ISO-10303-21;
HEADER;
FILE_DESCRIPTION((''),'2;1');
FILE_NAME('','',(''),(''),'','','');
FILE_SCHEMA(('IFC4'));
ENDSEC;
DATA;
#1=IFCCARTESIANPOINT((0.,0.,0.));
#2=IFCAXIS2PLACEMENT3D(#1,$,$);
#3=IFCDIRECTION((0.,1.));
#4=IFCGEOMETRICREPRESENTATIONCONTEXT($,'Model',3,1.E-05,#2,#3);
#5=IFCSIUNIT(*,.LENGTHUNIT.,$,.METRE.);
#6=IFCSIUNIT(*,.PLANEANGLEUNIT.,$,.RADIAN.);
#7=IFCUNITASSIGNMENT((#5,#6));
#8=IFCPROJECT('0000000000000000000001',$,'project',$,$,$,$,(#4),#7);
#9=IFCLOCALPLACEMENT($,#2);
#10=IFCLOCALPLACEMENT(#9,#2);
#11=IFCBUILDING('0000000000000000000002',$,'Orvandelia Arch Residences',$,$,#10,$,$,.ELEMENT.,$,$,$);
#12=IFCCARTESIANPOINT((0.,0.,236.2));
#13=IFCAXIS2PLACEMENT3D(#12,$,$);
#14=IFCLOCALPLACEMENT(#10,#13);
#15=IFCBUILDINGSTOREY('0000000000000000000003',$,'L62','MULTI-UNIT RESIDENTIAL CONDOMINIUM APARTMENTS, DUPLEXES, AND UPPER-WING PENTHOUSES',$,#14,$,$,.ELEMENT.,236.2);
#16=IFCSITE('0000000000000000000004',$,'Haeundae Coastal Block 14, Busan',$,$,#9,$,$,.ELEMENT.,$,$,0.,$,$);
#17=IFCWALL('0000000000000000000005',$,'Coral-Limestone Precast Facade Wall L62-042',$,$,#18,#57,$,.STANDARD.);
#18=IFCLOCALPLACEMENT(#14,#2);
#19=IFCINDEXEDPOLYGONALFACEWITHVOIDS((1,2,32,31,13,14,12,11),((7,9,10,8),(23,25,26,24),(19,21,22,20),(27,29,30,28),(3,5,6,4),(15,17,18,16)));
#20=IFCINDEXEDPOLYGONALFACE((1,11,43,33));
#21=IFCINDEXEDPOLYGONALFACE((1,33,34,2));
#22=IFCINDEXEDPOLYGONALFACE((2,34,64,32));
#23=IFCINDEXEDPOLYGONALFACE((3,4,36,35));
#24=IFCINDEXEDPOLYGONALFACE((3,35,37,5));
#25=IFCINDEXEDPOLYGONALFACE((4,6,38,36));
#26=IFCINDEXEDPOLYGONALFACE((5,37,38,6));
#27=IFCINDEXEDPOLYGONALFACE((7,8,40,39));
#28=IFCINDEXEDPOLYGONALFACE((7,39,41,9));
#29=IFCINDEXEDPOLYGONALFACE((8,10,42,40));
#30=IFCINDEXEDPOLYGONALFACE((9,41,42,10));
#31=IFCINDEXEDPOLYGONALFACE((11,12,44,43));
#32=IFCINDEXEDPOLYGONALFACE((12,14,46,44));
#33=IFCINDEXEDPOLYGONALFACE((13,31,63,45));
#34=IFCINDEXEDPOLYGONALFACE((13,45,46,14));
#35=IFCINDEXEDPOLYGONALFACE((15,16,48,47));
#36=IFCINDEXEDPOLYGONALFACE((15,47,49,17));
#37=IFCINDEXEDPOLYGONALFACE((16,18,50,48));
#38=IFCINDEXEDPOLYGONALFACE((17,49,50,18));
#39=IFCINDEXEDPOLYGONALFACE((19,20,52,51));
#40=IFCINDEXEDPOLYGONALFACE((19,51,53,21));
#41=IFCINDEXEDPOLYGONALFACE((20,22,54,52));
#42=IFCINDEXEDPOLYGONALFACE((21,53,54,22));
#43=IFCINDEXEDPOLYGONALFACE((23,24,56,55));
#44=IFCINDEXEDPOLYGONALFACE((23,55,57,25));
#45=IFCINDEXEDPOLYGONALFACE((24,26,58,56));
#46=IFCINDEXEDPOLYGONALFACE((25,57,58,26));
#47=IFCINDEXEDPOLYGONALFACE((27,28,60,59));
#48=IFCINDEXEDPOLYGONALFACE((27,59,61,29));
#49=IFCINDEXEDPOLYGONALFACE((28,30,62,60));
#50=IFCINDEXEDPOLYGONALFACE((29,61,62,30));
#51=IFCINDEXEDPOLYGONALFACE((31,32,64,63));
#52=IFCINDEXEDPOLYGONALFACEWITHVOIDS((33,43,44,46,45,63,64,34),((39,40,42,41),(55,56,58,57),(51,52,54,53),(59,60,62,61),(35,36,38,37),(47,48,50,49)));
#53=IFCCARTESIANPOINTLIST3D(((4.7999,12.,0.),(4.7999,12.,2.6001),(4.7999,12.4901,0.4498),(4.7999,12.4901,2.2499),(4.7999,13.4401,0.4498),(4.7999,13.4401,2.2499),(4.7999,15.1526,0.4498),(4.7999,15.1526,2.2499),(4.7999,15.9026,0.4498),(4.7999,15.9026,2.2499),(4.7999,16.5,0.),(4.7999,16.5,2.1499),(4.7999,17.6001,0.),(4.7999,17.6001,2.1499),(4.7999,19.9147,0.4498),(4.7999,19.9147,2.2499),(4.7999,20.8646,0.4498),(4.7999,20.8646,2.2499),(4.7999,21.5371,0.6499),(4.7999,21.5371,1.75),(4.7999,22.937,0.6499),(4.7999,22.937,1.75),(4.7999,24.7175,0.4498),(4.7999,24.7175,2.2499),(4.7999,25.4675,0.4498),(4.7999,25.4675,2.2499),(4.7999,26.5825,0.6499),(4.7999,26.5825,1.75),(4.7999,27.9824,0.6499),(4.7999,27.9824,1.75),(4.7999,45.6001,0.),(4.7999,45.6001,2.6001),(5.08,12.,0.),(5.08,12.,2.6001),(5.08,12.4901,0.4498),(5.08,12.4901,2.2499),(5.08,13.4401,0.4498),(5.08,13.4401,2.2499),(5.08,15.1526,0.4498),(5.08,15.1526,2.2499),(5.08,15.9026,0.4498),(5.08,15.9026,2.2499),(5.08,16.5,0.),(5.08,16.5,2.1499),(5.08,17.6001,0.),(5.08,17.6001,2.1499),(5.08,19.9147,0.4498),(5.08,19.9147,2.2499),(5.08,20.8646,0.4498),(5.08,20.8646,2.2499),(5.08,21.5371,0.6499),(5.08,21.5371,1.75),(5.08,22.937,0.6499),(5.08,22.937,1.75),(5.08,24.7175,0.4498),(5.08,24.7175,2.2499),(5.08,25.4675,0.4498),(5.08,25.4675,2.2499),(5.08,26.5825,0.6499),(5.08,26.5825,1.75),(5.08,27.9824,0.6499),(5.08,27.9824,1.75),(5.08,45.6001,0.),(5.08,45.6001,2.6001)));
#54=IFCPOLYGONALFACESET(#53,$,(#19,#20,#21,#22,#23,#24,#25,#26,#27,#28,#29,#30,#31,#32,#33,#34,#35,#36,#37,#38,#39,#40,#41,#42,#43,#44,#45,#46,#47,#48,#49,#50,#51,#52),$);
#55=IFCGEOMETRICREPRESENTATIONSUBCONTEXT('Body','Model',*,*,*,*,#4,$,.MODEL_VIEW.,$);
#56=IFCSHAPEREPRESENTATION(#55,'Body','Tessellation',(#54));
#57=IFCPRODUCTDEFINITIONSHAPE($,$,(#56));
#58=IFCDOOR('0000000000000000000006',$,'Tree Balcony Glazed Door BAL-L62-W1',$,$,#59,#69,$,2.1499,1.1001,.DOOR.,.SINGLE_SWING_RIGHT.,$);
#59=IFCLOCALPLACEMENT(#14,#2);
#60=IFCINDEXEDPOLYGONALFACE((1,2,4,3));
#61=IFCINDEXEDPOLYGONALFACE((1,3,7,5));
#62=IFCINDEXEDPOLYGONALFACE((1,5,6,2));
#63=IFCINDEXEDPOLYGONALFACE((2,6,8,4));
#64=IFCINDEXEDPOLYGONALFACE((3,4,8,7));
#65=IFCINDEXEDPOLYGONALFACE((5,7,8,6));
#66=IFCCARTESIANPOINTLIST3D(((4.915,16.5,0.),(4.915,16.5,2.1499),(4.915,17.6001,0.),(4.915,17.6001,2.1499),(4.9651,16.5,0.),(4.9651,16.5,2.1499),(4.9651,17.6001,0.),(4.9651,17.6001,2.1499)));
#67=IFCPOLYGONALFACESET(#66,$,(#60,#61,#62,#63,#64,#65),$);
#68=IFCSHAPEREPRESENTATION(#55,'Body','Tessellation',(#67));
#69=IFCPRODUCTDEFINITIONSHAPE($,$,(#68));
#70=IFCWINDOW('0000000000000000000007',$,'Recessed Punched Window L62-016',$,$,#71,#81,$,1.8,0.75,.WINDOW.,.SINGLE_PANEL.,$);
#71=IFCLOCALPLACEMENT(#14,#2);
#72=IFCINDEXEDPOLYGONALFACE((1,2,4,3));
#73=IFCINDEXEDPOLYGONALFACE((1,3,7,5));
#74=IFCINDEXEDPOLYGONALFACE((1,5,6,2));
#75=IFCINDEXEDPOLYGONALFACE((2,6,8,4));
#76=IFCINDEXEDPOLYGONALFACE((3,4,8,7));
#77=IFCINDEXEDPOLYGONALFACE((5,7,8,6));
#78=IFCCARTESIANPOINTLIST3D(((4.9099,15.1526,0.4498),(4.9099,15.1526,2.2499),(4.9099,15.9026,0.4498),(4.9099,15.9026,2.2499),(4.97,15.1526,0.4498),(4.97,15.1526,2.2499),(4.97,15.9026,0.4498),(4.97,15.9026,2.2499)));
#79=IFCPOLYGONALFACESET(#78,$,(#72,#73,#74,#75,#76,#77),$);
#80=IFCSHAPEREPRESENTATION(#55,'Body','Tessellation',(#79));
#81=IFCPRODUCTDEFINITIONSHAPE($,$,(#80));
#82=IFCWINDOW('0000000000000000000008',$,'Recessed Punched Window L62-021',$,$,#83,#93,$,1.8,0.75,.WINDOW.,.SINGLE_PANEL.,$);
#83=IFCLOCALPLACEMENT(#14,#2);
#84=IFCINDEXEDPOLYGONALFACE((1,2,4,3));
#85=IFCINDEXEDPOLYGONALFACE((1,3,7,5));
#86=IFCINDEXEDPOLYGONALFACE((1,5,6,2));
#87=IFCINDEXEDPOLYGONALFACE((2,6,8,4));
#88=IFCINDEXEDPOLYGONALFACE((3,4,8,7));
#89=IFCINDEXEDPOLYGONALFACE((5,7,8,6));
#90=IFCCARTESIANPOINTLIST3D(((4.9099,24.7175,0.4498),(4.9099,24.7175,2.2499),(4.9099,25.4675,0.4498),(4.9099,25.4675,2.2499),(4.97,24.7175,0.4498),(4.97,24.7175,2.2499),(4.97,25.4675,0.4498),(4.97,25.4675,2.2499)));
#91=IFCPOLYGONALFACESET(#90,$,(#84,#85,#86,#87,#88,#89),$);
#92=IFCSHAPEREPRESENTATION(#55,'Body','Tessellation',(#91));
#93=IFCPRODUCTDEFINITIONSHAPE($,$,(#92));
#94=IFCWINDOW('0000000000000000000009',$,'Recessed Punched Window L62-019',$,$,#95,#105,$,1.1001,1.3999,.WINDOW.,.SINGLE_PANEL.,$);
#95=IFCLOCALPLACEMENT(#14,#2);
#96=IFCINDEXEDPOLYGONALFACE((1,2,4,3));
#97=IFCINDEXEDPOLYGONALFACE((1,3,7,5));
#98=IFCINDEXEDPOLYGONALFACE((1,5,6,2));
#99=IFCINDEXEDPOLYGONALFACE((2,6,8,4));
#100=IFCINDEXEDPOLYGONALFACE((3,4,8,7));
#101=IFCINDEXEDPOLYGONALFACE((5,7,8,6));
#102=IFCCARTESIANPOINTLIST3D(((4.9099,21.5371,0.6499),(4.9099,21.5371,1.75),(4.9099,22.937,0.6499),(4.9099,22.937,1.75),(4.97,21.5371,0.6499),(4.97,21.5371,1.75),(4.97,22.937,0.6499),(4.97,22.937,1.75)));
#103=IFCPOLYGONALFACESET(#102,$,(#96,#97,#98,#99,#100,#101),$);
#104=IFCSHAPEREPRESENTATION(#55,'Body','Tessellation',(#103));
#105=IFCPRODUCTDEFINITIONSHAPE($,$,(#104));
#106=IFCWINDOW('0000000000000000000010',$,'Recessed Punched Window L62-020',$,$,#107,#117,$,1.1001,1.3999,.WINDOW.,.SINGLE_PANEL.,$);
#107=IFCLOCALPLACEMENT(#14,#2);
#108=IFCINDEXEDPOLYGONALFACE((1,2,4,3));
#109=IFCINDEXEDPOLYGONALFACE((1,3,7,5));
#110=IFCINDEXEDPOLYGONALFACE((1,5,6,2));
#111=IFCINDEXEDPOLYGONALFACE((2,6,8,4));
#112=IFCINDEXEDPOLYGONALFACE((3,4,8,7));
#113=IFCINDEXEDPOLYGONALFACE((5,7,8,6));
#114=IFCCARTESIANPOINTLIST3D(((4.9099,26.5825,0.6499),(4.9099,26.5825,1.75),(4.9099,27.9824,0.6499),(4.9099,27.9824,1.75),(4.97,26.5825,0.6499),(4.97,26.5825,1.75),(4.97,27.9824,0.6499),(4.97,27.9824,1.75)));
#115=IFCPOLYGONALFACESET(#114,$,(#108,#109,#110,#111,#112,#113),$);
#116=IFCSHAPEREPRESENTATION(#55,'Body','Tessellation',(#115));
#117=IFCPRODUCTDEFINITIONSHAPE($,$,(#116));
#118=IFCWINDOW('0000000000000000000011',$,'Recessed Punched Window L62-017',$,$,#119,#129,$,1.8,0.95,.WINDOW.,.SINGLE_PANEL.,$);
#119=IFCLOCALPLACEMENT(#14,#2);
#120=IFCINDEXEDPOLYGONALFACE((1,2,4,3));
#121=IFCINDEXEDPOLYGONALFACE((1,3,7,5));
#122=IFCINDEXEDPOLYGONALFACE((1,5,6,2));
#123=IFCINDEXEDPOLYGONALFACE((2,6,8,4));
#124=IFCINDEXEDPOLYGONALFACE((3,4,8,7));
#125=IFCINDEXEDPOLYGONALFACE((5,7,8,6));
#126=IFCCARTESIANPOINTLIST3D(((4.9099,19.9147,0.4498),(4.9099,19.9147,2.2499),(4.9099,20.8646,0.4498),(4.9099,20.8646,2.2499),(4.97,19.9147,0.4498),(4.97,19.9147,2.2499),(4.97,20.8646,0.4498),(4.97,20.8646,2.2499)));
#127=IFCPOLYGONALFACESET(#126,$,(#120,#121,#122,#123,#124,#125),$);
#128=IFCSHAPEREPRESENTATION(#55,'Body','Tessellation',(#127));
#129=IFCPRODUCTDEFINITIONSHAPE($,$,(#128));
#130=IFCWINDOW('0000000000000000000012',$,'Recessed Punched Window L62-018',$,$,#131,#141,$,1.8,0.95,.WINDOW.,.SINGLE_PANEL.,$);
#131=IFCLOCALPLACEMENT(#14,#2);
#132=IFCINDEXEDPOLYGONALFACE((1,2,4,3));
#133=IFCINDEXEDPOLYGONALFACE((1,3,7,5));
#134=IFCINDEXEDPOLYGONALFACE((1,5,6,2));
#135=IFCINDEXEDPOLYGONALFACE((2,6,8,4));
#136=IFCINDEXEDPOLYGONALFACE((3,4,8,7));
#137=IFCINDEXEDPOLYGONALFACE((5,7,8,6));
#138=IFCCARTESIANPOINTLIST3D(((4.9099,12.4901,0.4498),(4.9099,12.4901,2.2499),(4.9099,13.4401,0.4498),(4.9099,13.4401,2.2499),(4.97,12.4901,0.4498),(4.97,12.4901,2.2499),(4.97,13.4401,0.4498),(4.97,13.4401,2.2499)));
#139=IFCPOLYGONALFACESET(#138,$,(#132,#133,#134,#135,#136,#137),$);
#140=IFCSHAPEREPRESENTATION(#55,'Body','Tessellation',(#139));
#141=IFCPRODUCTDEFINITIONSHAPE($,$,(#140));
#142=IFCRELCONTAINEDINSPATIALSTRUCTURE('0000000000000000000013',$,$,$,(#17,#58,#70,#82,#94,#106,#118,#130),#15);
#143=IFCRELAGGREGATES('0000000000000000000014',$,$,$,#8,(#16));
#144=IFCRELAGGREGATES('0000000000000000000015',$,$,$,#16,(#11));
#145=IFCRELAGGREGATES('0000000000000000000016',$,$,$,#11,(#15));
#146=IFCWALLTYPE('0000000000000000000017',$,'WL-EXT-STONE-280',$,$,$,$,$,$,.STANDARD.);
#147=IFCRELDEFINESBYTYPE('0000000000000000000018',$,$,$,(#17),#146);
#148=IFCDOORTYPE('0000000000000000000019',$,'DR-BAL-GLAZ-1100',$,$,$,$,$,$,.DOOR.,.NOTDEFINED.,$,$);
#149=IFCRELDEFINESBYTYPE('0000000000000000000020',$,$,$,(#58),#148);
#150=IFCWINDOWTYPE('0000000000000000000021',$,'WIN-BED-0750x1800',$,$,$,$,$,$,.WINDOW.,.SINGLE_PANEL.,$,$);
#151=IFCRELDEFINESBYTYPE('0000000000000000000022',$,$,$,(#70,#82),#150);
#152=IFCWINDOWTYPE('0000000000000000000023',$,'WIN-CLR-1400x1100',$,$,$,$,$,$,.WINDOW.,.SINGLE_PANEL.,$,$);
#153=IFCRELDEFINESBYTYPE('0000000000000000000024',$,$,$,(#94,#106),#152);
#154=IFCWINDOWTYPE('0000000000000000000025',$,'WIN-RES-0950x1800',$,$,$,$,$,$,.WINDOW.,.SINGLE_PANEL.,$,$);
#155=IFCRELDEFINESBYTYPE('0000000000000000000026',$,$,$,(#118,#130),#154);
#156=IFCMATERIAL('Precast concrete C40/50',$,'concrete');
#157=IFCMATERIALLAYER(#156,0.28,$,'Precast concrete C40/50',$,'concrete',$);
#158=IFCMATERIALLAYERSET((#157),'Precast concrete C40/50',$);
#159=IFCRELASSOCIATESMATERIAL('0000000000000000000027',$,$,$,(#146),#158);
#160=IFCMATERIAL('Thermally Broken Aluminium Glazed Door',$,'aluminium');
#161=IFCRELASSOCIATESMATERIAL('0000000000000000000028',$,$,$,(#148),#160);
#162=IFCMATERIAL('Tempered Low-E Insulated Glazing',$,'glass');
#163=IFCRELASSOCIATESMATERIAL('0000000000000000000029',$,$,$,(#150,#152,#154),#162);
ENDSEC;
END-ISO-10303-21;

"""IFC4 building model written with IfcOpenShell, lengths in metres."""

from ifc_helpers import new_model, si_unit, direction, frame, frame_2d, origin, place, context, subcontext, project, spatial, rectangle, extrude, material, layer, layer_set, type_object, element, fill, save


model = new_model("IFC4")

# Units and contexts
model_context = context("Model", 3, precision=1e-05, world=origin(), true_north=direction((0.0, 1.0)))
body_context = subcontext(model_context, "Body", "Model", "MODEL_VIEW")
ifc_project = project(units=[si_unit("LENGTHUNIT", "METRE"), si_unit("PLANEANGLEUNIT", "RADIAN")], contexts=[model_context])

# Site, building, storey
site_placement = place(None, origin())
site = spatial("IfcSite", under=ifc_project, at=site_placement, Name="Haeundae Coastal Block 14, Busan", CompositionType="ELEMENT", RefElevation=0.0)
building_placement = place(site_placement, origin())
building = spatial("IfcBuilding", under=site, at=building_placement, Name="Orvandelia Arch Residences", CompositionType="ELEMENT")
storey_placement = place(building_placement, frame((0.0, 0.0, 236.2)))
storey = spatial("IfcBuildingStorey", under=building, at=storey_placement, Name="L62", Description="MULTI-UNIT RESIDENTIAL CONDOMINIUM APARTMENTS, DUPLEXES, AND UPPER-WING PENTHOUSES", CompositionType="ELEMENT", Elevation=236.2)

# Shared definitions
ifc_material_1 = material(Name="Precast concrete C40/50", Category="concrete")

# Shared definitions
ifc_layer_1 = layer(ifc_material_1, 0.28, Name="Precast concrete C40/50", Category="concrete")
ifc_layer_set_1 = layer_set([ifc_layer_1], Name="Precast concrete C40/50")
wall_type_1 = type_object("IfcWallType", Name="WL-EXT-STONE-280", PredefinedType="STANDARD", material=ifc_layer_set_1)

# Wall, openings, door, windows
wall_1_placement = place(storey_placement, frame((4.9399, 12.0, 0.0), z_axis=(0.0, 0.0, 1.0), x_axis=(0.0, 1.0, 0.0)))
wall_1 = element("IfcWall", 1, at=wall_1_placement, inside=storey, type_object=wall_type_1, Name="Coral-Limestone Precast Facade Wall L62-042", PredefinedType="STANDARD", context=body_context, shape_type="SweptSolid", body=[
    extrude(rectangle(XDim=33.6001, YDim=0.28, at=frame_2d((16.8, 0.0))), origin(), (0.0, 0.0, 1.0), 2.6001),
])
opening_1_placement = place(wall_1_placement, frame((4.5, 0.0, 0.0)))
opening_1 = element("IfcOpeningElement", 2, at=opening_1_placement, cuts=wall_1, PredefinedType="OPENING", context=body_context, shape_type="SweptSolid", body=[
    extrude(rectangle(XDim=1.1001, YDim=2.1499, at=frame_2d((0.55, 1.075))), frame((0.0, 0.1499, 0.0), z_axis=(0.0, -1.0, 0.0), x_axis=(1.0, 0.0, 0.0)), (0.0, 0.0, 1.0), 0.3),
])
opening_2_placement = place(wall_1_placement, frame((3.1526, 0.0, 0.45)))
opening_2 = element("IfcOpeningElement", 3, at=opening_2_placement, cuts=wall_1, PredefinedType="OPENING", context=body_context, shape_type="SweptSolid", body=[
    extrude(rectangle(XDim=0.75, YDim=1.8, at=frame_2d((0.375, 0.8999))), frame((0.0, 0.1499, 0.0), z_axis=(0.0, -1.0, 0.0), x_axis=(1.0, 0.0, 0.0)), (0.0, 0.0, 1.0), 0.3),
])
opening_3_placement = place(wall_1_placement, frame((7.9146, 0.0, 0.45)))
opening_3 = element("IfcOpeningElement", 4, at=opening_3_placement, cuts=wall_1, PredefinedType="OPENING", context=body_context, shape_type="SweptSolid", body=[
    extrude(rectangle(XDim=0.95, YDim=1.8, at=frame_2d((0.4751, 0.8999))), frame((0.0, 0.1499, 0.0), z_axis=(0.0, -1.0, 0.0), x_axis=(1.0, 0.0, 0.0)), (0.0, 0.0, 1.0), 0.3),
])
opening_4_placement = place(wall_1_placement, frame((0.49, 0.0, 0.45)))
opening_4 = element("IfcOpeningElement", 5, at=opening_4_placement, cuts=wall_1, PredefinedType="OPENING", context=body_context, shape_type="SweptSolid", body=[
    extrude(rectangle(XDim=0.95, YDim=1.8, at=frame_2d((0.4751, 0.8999))), frame((0.0, 0.1499, 0.0), z_axis=(0.0, -1.0, 0.0), x_axis=(1.0, 0.0, 0.0)), (0.0, 0.0, 1.0), 0.3),
])
opening_5_placement = place(wall_1_placement, frame((9.5371, 0.0, 0.6499)))
opening_5 = element("IfcOpeningElement", 6, at=opening_5_placement, cuts=wall_1, PredefinedType="OPENING", context=body_context, shape_type="SweptSolid", body=[
    extrude(rectangle(XDim=1.3999, YDim=1.1001, at=frame_2d((0.7, 0.55))), frame((0.0, 0.1499, 0.0), z_axis=(0.0, -1.0, 0.0), x_axis=(1.0, 0.0, 0.0)), (0.0, 0.0, 1.0), 0.3),
])
opening_6_placement = place(wall_1_placement, frame((14.5825, 0.0, 0.6499)))
opening_6 = element("IfcOpeningElement", 7, at=opening_6_placement, cuts=wall_1, PredefinedType="OPENING", context=body_context, shape_type="SweptSolid", body=[
    extrude(rectangle(XDim=1.3999, YDim=1.1001, at=frame_2d((0.7, 0.55))), frame((0.0, 0.1499, 0.0), z_axis=(0.0, -1.0, 0.0), x_axis=(1.0, 0.0, 0.0)), (0.0, 0.0, 1.0), 0.3),
])
opening_7_placement = place(wall_1_placement, frame((12.7175, 0.0, 0.45)))
opening_7 = element("IfcOpeningElement", 8, at=opening_7_placement, cuts=wall_1, PredefinedType="OPENING", context=body_context, shape_type="SweptSolid", body=[
    extrude(rectangle(XDim=0.75, YDim=1.8, at=frame_2d((0.375, 0.8999))), frame((0.0, 0.1499, 0.0), z_axis=(0.0, -1.0, 0.0), x_axis=(1.0, 0.0, 0.0)), (0.0, 0.0, 1.0), 0.3),
])
ifc_material_2 = material(Name="Thermally Broken Aluminium Glazed Door", Category="aluminium")
door_type_1 = type_object("IfcDoorType", Name="DR-BAL-GLAZ-1100", OperationType="NOTDEFINED", PredefinedType="DOOR", material=ifc_material_2)
door_1_placement = place(opening_1_placement, origin())
door_1 = element("IfcDoor", 9, at=door_1_placement, inside=storey, type_object=door_type_1, Name="Tree Balcony Glazed Door BAL-L62-W1", OperationType="SINGLE_SWING_RIGHT", OverallHeight=2.1499, OverallWidth=1.1001, PredefinedType="DOOR", context=body_context, shape_type="SweptSolid", body=[
    extrude(rectangle(XDim=1.1001, YDim=2.1499, at=frame_2d((0.55, 1.075))), frame((0.0, 0.0249, 0.0), z_axis=(0.0, -1.0, 0.0), x_axis=(1.0, 0.0, 0.0)), (0.0, 0.0, 1.0), 0.05),
])
fill(opening_1, door_1)
ifc_material_3 = material(Name="Tempered Low-E Insulated Glazing", Category="glass")
window_type_1 = type_object("IfcWindowType", Name="WIN-BED-0750x1800", PartitioningType="SINGLE_PANEL", PredefinedType="WINDOW", material=ifc_material_3)
window_1_placement = place(opening_2_placement, origin())
window_1 = element("IfcWindow", 10, at=window_1_placement, inside=storey, type_object=window_type_1, Name="Recessed Punched Window L62-016", OverallHeight=1.8, OverallWidth=0.75, PartitioningType="SINGLE_PANEL", PredefinedType="WINDOW", context=body_context, shape_type="SweptSolid", body=[
    extrude(rectangle(XDim=0.75, YDim=1.8, at=frame_2d((0.375, 0.8999))), frame((0.0, 0.03, 0.0), z_axis=(0.0, -1.0, 0.0), x_axis=(1.0, 0.0, 0.0)), (0.0, 0.0, 1.0), 0.0601),
])
fill(opening_2, window_1)
window_2_placement = place(opening_7_placement, origin())
window_2 = element("IfcWindow", 11, at=window_2_placement, inside=storey, type_object=window_type_1, Name="Recessed Punched Window L62-021", OverallHeight=1.8, OverallWidth=0.75, PartitioningType="SINGLE_PANEL", PredefinedType="WINDOW", context=body_context, shape_type="SweptSolid", body=[
    extrude(rectangle(XDim=0.75, YDim=1.8, at=frame_2d((0.375, 0.8999))), frame((0.0, 0.03, 0.0), z_axis=(0.0, -1.0, 0.0), x_axis=(1.0, 0.0, 0.0)), (0.0, 0.0, 1.0), 0.0601),
])
fill(opening_7, window_2)
window_type_2 = type_object("IfcWindowType", Name="WIN-CLR-1400x1100", PartitioningType="SINGLE_PANEL", PredefinedType="WINDOW", material=ifc_material_3)
window_3_placement = place(opening_5_placement, origin())
window_3 = element("IfcWindow", 12, at=window_3_placement, inside=storey, type_object=window_type_2, Name="Recessed Punched Window L62-019", OverallHeight=1.1001, OverallWidth=1.3999, PartitioningType="SINGLE_PANEL", PredefinedType="WINDOW", context=body_context, shape_type="SweptSolid", body=[
    extrude(rectangle(XDim=1.3999, YDim=1.1001, at=frame_2d((0.7, 0.55))), frame((0.0, 0.03, 0.0), z_axis=(0.0, -1.0, 0.0), x_axis=(1.0, 0.0, 0.0)), (0.0, 0.0, 1.0), 0.0601),
])
fill(opening_5, window_3)
window_4_placement = place(opening_6_placement, origin())
window_4 = element("IfcWindow", 13, at=window_4_placement, inside=storey, type_object=window_type_2, Name="Recessed Punched Window L62-020", OverallHeight=1.1001, OverallWidth=1.3999, PartitioningType="SINGLE_PANEL", PredefinedType="WINDOW", context=body_context, shape_type="SweptSolid", body=[
    extrude(rectangle(XDim=1.3999, YDim=1.1001, at=frame_2d((0.7, 0.55))), frame((0.0, 0.03, 0.0), z_axis=(0.0, -1.0, 0.0), x_axis=(1.0, 0.0, 0.0)), (0.0, 0.0, 1.0), 0.0601),
])
fill(opening_6, window_4)
window_type_3 = type_object("IfcWindowType", Name="WIN-RES-0950x1800", PartitioningType="SINGLE_PANEL", PredefinedType="WINDOW", material=ifc_material_3)
window_5_placement = place(opening_3_placement, origin())
window_5 = element("IfcWindow", 14, at=window_5_placement, inside=storey, type_object=window_type_3, Name="Recessed Punched Window L62-017", OverallHeight=1.8, OverallWidth=0.95, PartitioningType="SINGLE_PANEL", PredefinedType="WINDOW", context=body_context, shape_type="SweptSolid", body=[
    extrude(rectangle(XDim=0.95, YDim=1.8, at=frame_2d((0.4751, 0.8999))), frame((0.0, 0.03, 0.0), z_axis=(0.0, -1.0, 0.0), x_axis=(1.0, 0.0, 0.0)), (0.0, 0.0, 1.0), 0.0601),
])
fill(opening_3, window_5)
window_6_placement = place(opening_4_placement, origin())
window_6 = element("IfcWindow", 15, at=window_6_placement, inside=storey, type_object=window_type_3, Name="Recessed Punched Window L62-018", OverallHeight=1.8, OverallWidth=0.95, PartitioningType="SINGLE_PANEL", PredefinedType="WINDOW", context=body_context, shape_type="SweptSolid", body=[
    extrude(rectangle(XDim=0.95, YDim=1.8, at=frame_2d((0.4751, 0.8999))), frame((0.0, 0.03, 0.0), z_axis=(0.0, -1.0, 0.0), x_axis=(1.0, 0.0, 0.0)), (0.0, 0.0, 1.0), 0.0601),
])
fill(opening_4, window_6)

save(model, "model.ifc")
